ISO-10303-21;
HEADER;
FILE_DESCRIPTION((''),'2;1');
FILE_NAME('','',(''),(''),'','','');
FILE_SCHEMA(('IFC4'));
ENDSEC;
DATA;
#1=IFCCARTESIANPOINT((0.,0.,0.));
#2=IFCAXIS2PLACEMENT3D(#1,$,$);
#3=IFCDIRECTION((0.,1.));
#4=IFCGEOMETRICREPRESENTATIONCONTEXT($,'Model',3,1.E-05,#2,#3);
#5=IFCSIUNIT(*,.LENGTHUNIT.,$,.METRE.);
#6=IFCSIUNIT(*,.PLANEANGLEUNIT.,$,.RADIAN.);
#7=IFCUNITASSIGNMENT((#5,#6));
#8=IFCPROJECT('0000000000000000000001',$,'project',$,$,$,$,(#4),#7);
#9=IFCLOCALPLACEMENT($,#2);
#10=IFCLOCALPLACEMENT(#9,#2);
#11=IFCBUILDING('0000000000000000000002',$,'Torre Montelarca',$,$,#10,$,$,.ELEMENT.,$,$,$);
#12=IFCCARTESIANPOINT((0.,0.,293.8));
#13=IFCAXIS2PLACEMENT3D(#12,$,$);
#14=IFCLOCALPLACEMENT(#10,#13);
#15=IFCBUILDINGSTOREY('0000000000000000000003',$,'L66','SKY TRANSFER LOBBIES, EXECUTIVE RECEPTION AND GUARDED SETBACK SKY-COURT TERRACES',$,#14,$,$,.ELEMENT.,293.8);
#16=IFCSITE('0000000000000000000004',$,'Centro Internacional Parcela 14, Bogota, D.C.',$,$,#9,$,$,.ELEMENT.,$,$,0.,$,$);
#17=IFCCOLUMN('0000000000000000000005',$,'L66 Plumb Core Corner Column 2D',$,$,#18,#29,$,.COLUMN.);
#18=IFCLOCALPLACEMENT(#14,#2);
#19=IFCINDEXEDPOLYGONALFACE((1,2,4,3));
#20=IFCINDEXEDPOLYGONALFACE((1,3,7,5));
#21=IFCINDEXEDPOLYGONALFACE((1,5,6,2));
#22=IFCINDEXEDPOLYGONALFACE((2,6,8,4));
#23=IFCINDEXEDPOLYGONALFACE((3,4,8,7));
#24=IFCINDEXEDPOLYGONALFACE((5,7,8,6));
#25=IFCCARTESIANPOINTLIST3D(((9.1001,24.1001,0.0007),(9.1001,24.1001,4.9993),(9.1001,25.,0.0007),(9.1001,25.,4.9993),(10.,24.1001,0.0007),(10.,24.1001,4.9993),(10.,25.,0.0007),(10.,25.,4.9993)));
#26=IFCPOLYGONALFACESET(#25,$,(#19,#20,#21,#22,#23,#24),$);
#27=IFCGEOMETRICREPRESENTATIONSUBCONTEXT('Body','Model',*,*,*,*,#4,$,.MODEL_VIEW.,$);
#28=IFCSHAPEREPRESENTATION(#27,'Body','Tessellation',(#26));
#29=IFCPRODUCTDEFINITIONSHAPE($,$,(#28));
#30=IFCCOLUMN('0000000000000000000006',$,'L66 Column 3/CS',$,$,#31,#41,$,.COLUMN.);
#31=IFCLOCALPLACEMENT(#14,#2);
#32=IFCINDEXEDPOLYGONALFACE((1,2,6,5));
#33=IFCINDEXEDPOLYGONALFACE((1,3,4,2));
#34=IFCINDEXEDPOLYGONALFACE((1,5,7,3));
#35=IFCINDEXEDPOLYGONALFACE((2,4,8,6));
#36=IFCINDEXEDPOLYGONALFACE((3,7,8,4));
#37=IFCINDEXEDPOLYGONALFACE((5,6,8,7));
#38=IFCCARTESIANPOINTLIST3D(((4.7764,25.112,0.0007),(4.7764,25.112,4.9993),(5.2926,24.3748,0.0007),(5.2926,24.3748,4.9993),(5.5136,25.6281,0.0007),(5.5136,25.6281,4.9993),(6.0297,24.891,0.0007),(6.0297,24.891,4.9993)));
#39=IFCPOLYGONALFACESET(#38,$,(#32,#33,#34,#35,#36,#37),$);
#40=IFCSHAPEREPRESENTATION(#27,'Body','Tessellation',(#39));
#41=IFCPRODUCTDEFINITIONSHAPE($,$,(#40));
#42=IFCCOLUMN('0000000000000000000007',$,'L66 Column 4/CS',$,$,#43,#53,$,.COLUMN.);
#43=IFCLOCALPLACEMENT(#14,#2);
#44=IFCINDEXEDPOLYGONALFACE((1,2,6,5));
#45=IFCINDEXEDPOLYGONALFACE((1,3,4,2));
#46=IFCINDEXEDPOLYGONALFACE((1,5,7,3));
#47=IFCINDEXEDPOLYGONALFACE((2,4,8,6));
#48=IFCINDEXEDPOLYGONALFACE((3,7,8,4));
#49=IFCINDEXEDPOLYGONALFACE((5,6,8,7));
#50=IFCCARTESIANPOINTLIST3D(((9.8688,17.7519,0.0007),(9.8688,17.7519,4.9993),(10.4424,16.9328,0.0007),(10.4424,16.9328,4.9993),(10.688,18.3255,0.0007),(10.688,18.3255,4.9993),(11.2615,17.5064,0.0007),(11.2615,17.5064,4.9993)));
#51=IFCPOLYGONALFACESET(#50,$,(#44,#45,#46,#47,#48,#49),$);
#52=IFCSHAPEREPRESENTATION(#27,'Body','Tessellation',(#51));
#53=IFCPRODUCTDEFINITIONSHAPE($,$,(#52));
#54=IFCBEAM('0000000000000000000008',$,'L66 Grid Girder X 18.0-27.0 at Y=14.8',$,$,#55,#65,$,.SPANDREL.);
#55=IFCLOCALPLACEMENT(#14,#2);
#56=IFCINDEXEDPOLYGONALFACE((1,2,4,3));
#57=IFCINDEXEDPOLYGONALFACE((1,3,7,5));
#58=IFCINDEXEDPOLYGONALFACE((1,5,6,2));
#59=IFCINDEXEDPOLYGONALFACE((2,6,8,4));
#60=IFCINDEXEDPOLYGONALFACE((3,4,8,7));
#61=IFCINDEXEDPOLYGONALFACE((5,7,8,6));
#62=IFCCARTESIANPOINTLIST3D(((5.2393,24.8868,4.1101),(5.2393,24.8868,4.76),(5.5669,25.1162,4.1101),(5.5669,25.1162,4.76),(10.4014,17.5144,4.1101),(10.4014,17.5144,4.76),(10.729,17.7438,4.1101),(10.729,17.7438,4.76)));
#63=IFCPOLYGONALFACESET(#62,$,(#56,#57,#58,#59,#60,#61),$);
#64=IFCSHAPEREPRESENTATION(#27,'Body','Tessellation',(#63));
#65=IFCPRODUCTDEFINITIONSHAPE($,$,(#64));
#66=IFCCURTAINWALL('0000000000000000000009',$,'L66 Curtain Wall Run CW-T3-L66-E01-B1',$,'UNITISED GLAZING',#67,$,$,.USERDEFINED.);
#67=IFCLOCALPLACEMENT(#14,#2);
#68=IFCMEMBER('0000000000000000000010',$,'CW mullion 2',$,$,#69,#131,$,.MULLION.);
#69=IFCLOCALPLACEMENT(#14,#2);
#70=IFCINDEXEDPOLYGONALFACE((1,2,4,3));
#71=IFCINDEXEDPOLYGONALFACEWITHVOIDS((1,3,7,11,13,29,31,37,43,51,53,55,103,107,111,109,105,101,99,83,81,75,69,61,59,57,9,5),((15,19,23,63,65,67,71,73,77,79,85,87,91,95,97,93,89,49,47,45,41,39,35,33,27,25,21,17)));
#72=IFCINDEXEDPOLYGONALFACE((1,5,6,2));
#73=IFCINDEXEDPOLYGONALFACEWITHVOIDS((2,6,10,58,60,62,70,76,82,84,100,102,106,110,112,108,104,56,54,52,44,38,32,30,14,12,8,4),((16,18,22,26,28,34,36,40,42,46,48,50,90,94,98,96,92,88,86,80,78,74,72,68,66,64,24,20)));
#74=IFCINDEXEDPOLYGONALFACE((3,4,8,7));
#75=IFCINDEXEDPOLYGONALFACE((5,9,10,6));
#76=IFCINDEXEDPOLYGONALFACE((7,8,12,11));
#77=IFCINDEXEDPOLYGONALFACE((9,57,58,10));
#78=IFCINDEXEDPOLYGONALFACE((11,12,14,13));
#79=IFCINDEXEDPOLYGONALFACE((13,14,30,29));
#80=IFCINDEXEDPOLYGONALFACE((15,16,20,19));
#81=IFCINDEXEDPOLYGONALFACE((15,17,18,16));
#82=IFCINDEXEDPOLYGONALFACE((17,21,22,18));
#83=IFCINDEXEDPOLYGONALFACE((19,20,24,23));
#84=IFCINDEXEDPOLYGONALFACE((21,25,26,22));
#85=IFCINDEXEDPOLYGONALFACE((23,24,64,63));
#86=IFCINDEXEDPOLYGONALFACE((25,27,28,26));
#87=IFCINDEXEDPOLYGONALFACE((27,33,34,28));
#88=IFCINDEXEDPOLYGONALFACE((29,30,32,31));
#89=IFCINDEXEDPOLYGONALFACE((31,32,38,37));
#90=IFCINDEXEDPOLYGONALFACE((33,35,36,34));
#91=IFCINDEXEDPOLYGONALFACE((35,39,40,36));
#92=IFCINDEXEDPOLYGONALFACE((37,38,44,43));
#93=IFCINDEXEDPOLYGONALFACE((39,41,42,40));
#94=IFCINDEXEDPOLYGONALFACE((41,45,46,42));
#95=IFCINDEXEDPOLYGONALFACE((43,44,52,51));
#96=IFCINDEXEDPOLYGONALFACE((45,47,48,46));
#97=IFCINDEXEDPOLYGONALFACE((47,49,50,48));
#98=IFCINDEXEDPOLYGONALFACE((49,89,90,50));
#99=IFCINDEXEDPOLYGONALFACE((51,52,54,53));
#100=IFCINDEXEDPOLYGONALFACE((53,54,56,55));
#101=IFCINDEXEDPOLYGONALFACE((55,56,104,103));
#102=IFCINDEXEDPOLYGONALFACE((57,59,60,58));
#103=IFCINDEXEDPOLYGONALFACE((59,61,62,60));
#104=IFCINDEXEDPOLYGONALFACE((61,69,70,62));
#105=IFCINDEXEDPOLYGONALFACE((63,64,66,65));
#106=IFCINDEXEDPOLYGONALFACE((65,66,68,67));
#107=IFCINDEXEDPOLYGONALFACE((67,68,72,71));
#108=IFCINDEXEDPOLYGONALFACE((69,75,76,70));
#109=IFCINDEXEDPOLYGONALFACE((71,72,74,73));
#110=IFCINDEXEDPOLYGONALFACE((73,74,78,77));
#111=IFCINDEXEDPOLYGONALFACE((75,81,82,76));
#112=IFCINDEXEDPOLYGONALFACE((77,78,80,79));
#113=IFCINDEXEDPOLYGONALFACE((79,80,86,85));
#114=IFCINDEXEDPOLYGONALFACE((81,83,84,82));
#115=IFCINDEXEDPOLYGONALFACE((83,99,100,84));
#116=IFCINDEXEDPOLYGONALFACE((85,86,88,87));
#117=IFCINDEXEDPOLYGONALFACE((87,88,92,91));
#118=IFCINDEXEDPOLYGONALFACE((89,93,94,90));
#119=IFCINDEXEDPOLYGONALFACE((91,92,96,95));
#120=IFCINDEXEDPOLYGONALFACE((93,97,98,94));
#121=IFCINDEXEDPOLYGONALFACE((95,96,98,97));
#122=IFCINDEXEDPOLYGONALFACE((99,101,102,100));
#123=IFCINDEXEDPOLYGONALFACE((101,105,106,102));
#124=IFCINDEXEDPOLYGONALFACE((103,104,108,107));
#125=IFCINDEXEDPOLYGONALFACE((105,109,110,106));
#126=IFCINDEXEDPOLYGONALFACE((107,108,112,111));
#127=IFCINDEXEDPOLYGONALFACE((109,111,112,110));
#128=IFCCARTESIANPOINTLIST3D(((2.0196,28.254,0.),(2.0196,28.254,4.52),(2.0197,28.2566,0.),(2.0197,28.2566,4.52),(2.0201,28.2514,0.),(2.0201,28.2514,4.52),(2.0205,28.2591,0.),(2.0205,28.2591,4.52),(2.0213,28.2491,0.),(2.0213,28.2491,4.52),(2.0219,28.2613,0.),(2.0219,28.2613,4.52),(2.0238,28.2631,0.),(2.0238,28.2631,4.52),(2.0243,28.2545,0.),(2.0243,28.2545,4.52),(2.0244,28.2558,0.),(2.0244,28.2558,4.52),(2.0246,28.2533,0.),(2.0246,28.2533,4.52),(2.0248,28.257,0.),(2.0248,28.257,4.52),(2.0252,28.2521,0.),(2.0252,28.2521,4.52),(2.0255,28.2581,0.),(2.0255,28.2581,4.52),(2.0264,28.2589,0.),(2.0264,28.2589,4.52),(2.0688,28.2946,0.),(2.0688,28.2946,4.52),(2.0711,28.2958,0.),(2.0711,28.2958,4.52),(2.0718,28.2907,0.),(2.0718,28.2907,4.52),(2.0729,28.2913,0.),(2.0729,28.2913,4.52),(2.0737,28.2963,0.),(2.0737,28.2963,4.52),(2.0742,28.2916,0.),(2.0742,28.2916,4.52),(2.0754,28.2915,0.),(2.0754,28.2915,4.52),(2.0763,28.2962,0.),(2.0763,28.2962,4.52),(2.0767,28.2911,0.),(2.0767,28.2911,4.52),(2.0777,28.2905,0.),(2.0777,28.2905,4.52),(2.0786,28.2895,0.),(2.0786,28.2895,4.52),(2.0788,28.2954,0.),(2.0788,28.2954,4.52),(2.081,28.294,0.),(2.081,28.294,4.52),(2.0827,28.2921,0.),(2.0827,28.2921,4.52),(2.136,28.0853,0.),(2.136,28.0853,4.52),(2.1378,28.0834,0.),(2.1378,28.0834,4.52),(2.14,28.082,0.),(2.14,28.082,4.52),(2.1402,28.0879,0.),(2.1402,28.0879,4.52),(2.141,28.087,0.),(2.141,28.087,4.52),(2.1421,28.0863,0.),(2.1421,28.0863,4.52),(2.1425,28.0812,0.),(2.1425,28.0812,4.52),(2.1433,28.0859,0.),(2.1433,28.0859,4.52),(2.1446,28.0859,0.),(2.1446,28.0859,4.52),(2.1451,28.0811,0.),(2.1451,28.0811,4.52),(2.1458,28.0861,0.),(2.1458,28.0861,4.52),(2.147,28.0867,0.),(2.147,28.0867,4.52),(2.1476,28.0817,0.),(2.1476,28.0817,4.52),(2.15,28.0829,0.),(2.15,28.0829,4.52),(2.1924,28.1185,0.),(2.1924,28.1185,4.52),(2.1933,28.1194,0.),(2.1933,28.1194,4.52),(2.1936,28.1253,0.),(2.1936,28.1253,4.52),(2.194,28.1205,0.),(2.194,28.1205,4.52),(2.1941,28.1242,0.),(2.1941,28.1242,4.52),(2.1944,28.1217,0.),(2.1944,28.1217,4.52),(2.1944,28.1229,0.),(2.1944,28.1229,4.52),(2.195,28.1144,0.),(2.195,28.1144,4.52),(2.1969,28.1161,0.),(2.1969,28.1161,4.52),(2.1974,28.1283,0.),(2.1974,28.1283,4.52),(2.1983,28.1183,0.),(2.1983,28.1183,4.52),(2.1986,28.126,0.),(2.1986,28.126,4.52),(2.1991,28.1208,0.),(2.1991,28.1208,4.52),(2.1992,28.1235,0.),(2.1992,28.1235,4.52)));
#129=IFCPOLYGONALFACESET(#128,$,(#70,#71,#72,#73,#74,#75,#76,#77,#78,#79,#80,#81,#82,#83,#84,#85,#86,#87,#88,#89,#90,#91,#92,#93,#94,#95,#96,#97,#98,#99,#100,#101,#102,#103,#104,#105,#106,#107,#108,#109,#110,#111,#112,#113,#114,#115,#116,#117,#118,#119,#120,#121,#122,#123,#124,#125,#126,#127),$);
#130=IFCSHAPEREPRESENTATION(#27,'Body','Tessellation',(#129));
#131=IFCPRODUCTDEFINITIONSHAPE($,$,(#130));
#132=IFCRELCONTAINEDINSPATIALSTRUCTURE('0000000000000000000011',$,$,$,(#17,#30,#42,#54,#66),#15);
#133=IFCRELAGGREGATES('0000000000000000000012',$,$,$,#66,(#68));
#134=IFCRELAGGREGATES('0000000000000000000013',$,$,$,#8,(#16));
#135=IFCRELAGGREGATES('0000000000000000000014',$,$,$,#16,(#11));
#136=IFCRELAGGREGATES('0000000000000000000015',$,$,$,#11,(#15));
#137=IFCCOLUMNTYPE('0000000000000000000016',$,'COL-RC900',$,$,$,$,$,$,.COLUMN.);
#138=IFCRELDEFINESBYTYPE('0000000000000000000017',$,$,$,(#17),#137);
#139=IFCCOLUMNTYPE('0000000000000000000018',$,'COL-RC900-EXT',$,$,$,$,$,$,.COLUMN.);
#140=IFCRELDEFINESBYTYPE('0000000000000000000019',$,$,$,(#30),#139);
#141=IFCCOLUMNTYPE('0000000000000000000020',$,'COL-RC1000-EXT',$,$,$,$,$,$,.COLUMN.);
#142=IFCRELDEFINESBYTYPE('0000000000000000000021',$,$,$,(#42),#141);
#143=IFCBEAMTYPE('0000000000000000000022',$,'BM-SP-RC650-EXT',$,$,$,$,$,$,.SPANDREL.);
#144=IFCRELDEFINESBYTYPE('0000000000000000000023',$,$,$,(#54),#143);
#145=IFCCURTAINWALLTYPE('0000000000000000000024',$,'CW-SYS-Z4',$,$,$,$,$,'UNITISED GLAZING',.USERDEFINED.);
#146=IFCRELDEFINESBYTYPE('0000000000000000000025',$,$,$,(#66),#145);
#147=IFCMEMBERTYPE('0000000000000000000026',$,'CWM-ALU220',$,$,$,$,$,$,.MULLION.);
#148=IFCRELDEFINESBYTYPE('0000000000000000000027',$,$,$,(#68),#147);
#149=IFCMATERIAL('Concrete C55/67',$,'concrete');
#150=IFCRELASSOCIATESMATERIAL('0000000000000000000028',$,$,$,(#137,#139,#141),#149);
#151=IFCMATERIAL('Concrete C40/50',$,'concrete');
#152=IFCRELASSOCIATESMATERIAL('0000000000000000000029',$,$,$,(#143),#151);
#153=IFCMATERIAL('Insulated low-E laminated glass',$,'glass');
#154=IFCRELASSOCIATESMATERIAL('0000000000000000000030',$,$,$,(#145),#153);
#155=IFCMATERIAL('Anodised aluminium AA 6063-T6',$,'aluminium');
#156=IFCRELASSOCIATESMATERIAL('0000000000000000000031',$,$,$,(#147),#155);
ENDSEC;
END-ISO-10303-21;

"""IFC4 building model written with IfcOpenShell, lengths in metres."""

from ifc_helpers import new_model, si_unit, direction, frame, origin, origin_2d, place, context, subcontext, project, spatial, rectangle, hollow_rectangle, extrude, source, transform, mapped, material, material_profile, profile_set, type_object, element, aggregate, save


model = new_model("IFC4")

# Units and contexts
model_context = context("Model", 3, precision=1e-05, world=origin(), true_north=direction((0.0, 1.0)))
body_context = subcontext(model_context, "Body", "Model", "MODEL_VIEW")
ifc_project = project(units=[si_unit("LENGTHUNIT", "METRE"), si_unit("PLANEANGLEUNIT", "RADIAN")], contexts=[model_context])

# Site, building, storey
site_placement = place(None, origin())
site = spatial("IfcSite", under=ifc_project, at=site_placement, Name="Centro Internacional Parcela 14, Bogota, D.C.", CompositionType="ELEMENT", RefElevation=0.0)
building_placement = place(site_placement, origin())
building = spatial("IfcBuilding", under=site, at=building_placement, Name="Torre Montelarca", CompositionType="ELEMENT")
storey_placement = place(building_placement, frame((0.0, 0.0, 293.8)))
storey = spatial("IfcBuildingStorey", under=building, at=storey_placement, Name="L66", Description="SKY TRANSFER LOBBIES, EXECUTIVE RECEPTION AND GUARDED SETBACK SKY-COURT TERRACES", CompositionType="ELEMENT", Elevation=293.8)

# Columns
ifc_material_1 = material(Name="Concrete C55/67", Category="concrete")
ifc_material_profile_1 = material_profile(ifc_material_1, rectangle(XDim=0.8999, YDim=0.8999, at=origin_2d()), Name="RC900X900", Category="concrete")
ifc_profile_set_1 = profile_set([ifc_material_profile_1], Name="Concrete C55/67")
column_type_1 = type_object("IfcColumnType", Name="COL-RC900", PredefinedType="COLUMN", material=ifc_profile_set_1)
shared_shape_1 = source(origin(), body_context, "Body", "SweptSolid", [
    extrude(rectangle(XDim=0.8999, YDim=0.8999, at=origin_2d()), origin(), (0.0, 0.0, 1.0), 4.9985),
])
column_1_placement = place(storey_placement, frame((9.55, 24.55, 0.0007), z_axis=(0.0, 0.0, 1.0), x_axis=(1.0, 0.0, 0.0)))
element("IfcColumn", 1, at=column_1_placement, inside=storey, type_object=column_type_1, Name="L66 Plumb Core Corner Column 2D", PredefinedType="COLUMN", context=body_context, shape_type="MappedRepresentation", body=[
    mapped(shared_shape_1, transform((0.0, 0.0, 0.0), scale=1.0)),
])
ifc_material_profile_2 = material_profile(ifc_material_1, rectangle(XDim=0.8999, YDim=0.8999, at=origin_2d()), Name="RC900X900", Category="concrete")
ifc_profile_set_2 = profile_set([ifc_material_profile_2], Name="Concrete C55/67")
column_type_2 = type_object("IfcColumnType", Name="COL-RC900-EXT", PredefinedType="COLUMN", material=ifc_profile_set_2)
shared_shape_2 = source(origin(), body_context, "Body", "SweptSolid", [
    extrude(rectangle(XDim=0.8999, YDim=0.8999, at=origin_2d()), origin(), (0.0, 0.0, 1.0), 4.9985),
])
column_2_placement = place(storey_placement, frame((5.4031, 25.0015, 0.0007), z_axis=(0.0, 0.0, 1.0), x_axis=(-0.573576, 0.819152, 0.0)))
element("IfcColumn", 2, at=column_2_placement, inside=storey, type_object=column_type_2, Name="L66 Column 3/CS", PredefinedType="COLUMN", context=body_context, shape_type="MappedRepresentation", body=[
    mapped(shared_shape_2, transform((0.0, 0.0, 0.0), scale=1.0)),
])
ifc_material_profile_3 = material_profile(ifc_material_1, rectangle(XDim=1.0, YDim=1.0, at=origin_2d()), Name="RC1000X1000", Category="concrete")
ifc_profile_set_3 = profile_set([ifc_material_profile_3], Name="Concrete C55/67")
column_type_3 = type_object("IfcColumnType", Name="COL-RC1000-EXT", PredefinedType="COLUMN", material=ifc_profile_set_3)
shared_shape_3 = source(origin(), body_context, "Body", "SweptSolid", [
    extrude(rectangle(XDim=1.0, YDim=1.0, at=origin_2d()), origin(), (0.0, 0.0, 1.0), 4.9985),
])
column_3_placement = place(storey_placement, frame((10.5652, 17.6292, 0.0007), z_axis=(0.0, 0.0, 1.0), x_axis=(-0.573576, 0.819152, 0.0)))
element("IfcColumn", 3, at=column_3_placement, inside=storey, type_object=column_type_3, Name="L66 Column 4/CS", PredefinedType="COLUMN", context=body_context, shape_type="MappedRepresentation", body=[
    mapped(shared_shape_3, transform((0.0, 0.0, 0.0), scale=1.0)),
])

# Beam
ifc_material_2 = material(Name="Concrete C40/50", Category="concrete")
ifc_material_profile_4 = material_profile(ifc_material_2, rectangle(XDim=0.3999, YDim=0.6499, at=origin_2d()), Name="RCB400X650", Category="concrete")
ifc_profile_set_4 = profile_set([ifc_material_profile_4], Name="Concrete C40/50")
beam_type = type_object("IfcBeamType", Name="BM-SP-RC650-EXT", PredefinedType="SPANDREL", material=ifc_profile_set_4)
shared_shape_4 = source(origin(), body_context, "Body", "SweptSolid", [
    extrude(rectangle(XDim=0.3999, YDim=0.6499, at=origin_2d()), origin(), (0.0, 0.0, 1.0), 9.0),
])
beam_placement = place(storey_placement, frame((5.4031, 25.0015, 4.4351), z_axis=(0.573573, -0.819154, 0.0), x_axis=(0.819154, 0.573573, 0.0)))
element("IfcBeam", 4, at=beam_placement, inside=storey, type_object=beam_type, Name="L66 Grid Girder X 18.0-27.0 at Y=14.8", PredefinedType="SPANDREL", context=body_context, shape_type="MappedRepresentation", body=[
    mapped(shared_shape_4, transform((0.0, 0.0, 0.0), scale=1.0)),
])

# Curtain wall, member
ifc_material_3 = material(Name="Insulated low-E laminated glass", Category="glass")
curtain_wall_type = type_object("IfcCurtainWallType", Name="CW-SYS-Z4", ElementType="UNITISED GLAZING", PredefinedType="USERDEFINED", material=ifc_material_3)
curtain_wall_1_placement = place(storey_placement, origin())
curtain_wall_1 = element("IfcCurtainWall", 5, at=curtain_wall_1_placement, inside=storey, type_object=curtain_wall_type, Name="L66 Curtain Wall Run CW-T3-L66-E01-B1", ObjectType="UNITISED GLAZING", PredefinedType="USERDEFINED")
ifc_material_4 = material(Name="Anodised aluminium AA 6063-T6", Category="aluminium")
ifc_material_profile_5 = material_profile(ifc_material_4, hollow_rectangle(XDim=0.075, YDim=0.22, WallThickness=0.0049, InnerFilletRadius=0.0049, OuterFilletRadius=0.01, at=origin_2d()), Name="ALU75X220X5", Category="aluminium")
ifc_profile_set_5 = profile_set([ifc_material_profile_5], Name="Anodised aluminium AA 6063-T6")
member_type_1 = type_object("IfcMemberType", Name="CWM-ALU220", PredefinedType="MULLION", material=ifc_profile_set_5)
shared_shape_5 = source(origin(), body_context, "Body", "SweptSolid", [
    extrude(hollow_rectangle(XDim=0.075, YDim=0.22, WallThickness=0.0049, InnerFilletRadius=0.0049, OuterFilletRadius=0.01, at=origin_2d()), origin(), (0.0, 0.0, 1.0), 4.52),
])
member_1_placement = place(storey_placement, frame((2.1094, 28.1887, 0.0), z_axis=(0.0, 0.0, 1.0), x_axis=(0.819157, 0.573569, 0.0)))
member_1 = element("IfcMember", 6, at=member_1_placement, type_object=member_type_1, Name="CW mullion 2", PredefinedType="MULLION", context=body_context, shape_type="MappedRepresentation", body=[
    mapped(shared_shape_5, transform((0.0, 0.0, 0.0), scale=1.0)),
])

aggregate(curtain_wall_1, [member_1])

save(model, "model.ifc")
